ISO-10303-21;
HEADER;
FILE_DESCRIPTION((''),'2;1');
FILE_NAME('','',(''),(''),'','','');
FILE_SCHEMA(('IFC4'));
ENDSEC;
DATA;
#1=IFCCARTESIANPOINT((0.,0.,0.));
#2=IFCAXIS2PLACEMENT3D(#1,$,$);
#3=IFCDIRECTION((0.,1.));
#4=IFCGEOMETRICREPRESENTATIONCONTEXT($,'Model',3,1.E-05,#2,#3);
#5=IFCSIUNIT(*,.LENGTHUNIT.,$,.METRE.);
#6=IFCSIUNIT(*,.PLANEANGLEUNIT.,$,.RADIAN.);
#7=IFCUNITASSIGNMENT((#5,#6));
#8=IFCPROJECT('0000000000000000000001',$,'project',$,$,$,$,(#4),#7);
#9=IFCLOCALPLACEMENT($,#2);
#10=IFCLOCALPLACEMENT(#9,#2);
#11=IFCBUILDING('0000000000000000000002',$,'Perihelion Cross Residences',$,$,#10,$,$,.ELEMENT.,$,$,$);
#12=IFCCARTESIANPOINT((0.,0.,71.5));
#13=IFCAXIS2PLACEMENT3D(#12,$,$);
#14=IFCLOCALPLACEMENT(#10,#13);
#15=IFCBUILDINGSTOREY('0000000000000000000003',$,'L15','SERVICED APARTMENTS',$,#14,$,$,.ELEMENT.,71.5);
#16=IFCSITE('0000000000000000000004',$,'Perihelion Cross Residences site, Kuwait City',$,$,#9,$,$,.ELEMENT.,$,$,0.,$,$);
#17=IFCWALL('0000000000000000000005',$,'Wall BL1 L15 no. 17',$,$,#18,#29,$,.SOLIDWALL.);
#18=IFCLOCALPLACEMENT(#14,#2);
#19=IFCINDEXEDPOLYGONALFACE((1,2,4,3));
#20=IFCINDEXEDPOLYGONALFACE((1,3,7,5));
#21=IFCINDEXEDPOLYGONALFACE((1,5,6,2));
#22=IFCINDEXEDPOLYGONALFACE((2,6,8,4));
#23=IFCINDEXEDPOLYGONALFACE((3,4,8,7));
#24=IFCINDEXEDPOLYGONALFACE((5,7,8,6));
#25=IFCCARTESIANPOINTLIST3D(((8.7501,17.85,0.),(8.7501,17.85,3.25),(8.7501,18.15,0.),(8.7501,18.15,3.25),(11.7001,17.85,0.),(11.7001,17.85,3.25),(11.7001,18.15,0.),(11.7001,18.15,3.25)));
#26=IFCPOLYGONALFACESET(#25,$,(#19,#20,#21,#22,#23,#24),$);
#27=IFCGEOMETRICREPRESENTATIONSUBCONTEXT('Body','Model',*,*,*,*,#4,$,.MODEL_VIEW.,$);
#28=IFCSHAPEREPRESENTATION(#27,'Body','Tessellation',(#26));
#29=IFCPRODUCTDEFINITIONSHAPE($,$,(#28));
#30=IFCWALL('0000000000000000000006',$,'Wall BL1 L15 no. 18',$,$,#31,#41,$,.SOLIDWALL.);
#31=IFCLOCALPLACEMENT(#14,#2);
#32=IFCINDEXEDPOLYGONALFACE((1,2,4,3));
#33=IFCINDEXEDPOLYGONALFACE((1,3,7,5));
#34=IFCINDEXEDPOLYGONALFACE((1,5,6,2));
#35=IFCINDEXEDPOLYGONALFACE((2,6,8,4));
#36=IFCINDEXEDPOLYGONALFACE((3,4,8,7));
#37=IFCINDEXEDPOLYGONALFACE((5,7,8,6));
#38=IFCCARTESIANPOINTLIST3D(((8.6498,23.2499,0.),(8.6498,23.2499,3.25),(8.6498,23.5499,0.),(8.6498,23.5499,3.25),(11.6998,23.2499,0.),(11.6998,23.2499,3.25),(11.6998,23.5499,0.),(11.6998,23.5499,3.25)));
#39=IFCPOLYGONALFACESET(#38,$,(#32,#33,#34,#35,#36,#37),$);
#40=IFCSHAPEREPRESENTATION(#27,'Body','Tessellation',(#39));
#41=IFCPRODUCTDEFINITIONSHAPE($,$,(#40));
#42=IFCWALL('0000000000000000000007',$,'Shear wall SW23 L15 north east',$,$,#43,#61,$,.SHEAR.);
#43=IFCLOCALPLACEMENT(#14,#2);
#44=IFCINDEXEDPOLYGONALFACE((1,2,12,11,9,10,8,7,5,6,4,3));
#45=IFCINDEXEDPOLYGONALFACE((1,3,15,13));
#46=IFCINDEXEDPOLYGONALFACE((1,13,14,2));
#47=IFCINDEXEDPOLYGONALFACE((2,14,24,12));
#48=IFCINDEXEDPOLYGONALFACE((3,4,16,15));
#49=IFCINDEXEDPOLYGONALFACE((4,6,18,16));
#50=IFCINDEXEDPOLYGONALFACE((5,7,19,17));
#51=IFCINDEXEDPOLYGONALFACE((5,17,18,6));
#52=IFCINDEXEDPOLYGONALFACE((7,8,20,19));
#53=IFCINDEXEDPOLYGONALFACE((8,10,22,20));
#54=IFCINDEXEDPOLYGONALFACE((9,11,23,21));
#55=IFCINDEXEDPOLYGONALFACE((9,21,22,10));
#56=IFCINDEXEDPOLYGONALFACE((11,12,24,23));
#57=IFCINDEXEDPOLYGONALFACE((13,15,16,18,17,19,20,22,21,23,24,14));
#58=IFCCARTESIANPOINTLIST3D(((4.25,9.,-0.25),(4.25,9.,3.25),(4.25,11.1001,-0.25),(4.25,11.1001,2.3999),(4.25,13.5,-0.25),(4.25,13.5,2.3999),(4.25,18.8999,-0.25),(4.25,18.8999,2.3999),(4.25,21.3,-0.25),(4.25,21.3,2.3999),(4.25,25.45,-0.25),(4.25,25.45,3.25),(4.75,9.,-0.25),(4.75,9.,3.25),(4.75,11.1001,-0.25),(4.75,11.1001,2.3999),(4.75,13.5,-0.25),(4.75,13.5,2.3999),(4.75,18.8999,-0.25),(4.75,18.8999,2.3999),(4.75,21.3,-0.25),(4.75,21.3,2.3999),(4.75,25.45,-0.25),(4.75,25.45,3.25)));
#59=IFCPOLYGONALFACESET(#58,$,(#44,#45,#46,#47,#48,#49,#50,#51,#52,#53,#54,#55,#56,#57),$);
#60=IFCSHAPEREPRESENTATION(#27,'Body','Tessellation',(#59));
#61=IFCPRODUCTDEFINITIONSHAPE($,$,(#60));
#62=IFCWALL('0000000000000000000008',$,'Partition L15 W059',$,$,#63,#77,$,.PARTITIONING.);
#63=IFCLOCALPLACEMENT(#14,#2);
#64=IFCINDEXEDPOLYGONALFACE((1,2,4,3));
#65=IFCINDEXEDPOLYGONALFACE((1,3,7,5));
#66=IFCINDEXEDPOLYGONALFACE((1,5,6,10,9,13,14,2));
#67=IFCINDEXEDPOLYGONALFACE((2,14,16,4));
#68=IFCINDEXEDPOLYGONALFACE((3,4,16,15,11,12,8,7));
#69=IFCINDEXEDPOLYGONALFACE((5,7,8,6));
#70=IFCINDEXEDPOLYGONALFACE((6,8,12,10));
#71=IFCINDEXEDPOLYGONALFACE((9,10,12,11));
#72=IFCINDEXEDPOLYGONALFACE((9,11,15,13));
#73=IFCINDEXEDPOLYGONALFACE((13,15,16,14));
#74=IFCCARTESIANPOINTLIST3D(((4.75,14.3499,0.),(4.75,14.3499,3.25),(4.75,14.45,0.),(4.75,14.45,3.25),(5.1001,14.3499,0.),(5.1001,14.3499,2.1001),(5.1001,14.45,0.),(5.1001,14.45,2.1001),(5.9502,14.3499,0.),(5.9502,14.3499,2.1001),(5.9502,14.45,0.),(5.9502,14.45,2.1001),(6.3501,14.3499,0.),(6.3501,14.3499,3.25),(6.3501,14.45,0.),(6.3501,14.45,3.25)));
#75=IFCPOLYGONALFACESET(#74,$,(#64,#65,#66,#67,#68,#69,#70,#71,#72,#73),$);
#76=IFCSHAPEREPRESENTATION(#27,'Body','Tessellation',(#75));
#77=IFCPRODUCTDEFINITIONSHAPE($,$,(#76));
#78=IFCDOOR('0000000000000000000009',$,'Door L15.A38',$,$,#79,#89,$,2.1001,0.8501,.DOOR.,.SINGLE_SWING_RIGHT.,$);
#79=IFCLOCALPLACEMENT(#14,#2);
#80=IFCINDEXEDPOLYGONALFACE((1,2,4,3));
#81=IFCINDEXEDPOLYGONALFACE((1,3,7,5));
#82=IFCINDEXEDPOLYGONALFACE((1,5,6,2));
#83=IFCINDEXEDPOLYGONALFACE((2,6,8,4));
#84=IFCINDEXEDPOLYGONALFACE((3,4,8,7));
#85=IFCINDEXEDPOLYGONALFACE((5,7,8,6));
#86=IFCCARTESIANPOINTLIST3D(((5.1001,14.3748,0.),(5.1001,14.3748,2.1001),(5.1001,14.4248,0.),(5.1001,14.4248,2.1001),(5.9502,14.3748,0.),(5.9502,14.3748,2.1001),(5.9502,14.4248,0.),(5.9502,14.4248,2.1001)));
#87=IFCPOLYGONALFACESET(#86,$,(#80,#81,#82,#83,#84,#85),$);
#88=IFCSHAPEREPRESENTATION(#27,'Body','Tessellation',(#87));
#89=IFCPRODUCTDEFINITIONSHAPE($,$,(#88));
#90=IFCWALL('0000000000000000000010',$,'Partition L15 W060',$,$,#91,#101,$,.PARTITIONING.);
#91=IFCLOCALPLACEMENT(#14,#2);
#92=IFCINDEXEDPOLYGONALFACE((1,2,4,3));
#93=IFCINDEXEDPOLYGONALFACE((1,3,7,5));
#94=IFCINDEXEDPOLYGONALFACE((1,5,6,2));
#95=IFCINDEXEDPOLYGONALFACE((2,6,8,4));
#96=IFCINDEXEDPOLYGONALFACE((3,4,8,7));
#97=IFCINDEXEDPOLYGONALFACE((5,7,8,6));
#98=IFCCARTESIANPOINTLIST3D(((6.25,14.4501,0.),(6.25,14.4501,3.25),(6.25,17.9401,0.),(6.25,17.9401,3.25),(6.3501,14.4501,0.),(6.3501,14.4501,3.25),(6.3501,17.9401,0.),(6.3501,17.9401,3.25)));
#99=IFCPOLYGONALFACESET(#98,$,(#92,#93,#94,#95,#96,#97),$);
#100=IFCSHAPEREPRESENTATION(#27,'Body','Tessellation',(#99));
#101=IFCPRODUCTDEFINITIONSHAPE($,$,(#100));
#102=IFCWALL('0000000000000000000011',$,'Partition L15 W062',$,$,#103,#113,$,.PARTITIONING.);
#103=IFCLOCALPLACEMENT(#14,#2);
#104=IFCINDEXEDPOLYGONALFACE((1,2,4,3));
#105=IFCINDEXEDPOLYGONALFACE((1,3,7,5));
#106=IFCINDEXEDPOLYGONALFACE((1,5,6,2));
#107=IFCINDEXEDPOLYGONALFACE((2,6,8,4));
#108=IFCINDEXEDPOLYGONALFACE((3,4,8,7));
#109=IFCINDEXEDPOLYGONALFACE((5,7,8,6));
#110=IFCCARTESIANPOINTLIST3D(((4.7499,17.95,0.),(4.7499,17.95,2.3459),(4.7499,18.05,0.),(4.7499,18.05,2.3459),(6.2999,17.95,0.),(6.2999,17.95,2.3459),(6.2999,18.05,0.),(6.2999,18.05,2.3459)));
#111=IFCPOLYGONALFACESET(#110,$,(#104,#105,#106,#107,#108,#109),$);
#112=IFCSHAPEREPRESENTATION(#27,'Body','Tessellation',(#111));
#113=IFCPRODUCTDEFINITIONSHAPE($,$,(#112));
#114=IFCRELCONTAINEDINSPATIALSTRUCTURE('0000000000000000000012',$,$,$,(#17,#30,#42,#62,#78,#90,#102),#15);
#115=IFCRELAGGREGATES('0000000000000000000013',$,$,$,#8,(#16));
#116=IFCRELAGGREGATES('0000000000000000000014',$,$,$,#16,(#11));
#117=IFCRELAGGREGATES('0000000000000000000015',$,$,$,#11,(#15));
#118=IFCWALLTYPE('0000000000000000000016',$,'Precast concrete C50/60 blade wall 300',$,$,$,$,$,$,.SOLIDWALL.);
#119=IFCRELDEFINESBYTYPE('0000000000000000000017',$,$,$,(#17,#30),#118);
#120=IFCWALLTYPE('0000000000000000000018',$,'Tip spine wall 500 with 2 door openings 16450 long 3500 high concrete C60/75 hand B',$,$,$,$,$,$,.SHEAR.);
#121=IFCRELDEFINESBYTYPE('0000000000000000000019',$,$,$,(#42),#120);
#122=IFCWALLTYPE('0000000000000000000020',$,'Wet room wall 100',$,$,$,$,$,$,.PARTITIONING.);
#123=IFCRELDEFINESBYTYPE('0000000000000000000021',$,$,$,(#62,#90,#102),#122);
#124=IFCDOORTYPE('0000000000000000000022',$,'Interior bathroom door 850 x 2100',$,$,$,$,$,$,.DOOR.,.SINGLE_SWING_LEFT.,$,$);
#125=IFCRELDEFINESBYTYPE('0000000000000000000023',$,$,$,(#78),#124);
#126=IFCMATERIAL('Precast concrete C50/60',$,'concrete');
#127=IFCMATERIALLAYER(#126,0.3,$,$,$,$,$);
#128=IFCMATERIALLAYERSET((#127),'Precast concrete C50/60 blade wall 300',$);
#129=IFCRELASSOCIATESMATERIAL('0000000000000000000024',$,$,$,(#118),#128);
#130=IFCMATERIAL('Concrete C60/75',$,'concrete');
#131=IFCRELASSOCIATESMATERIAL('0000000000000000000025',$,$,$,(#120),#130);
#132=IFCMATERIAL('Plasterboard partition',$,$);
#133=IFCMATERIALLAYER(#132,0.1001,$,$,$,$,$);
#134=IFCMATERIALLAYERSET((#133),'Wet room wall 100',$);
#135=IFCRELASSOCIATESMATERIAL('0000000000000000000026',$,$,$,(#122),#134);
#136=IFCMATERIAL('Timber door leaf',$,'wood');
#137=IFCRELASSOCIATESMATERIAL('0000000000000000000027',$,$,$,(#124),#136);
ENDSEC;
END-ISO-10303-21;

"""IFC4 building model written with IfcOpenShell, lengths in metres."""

from ifc_helpers import new_model, si_unit, direction, frame, frame_2d, origin, place, context, subcontext, project, spatial, polyline, rectangle, outline, extrude, material, layer, layer_set, material_profile, profile_set, type_object, element, fill, save


model = new_model("IFC4")

# Units and contexts
model_context = context("Model", 3, precision=1e-05, world=origin(), true_north=direction((0.0, 1.0)))
body_context = subcontext(model_context, "Body", "Model", "MODEL_VIEW")
ifc_project = project(units=[si_unit("LENGTHUNIT", "METRE"), si_unit("PLANEANGLEUNIT", "RADIAN")], contexts=[model_context])

# Site, building, storey
site_placement = place(None, origin())
site = spatial("IfcSite", under=ifc_project, at=site_placement, Name="Perihelion Cross Residences site, Kuwait City", CompositionType="ELEMENT", RefElevation=0.0)
building_placement = place(site_placement, origin())
building = spatial("IfcBuilding", under=site, at=building_placement, Name="Perihelion Cross Residences", CompositionType="ELEMENT")
storey_placement = place(building_placement, frame((0.0, 0.0, 71.5)))
storey = spatial("IfcBuildingStorey", under=building, at=storey_placement, Name="L15", Description="SERVICED APARTMENTS", CompositionType="ELEMENT", Elevation=71.5)

# Walls
ifc_material_1 = material(Name="Precast concrete C50/60", Category="concrete")
ifc_layer_1 = layer(ifc_material_1, 0.3)
ifc_layer_set_1 = layer_set([ifc_layer_1], Name="Precast concrete C50/60 blade wall 300")
wall_type_1 = type_object("IfcWallType", Name="Precast concrete C50/60 blade wall 300", PredefinedType="SOLIDWALL", material=ifc_layer_set_1)
wall_1_placement = place(storey_placement, frame((8.75, 18.0, 0.0), z_axis=(0.0, 0.0, 1.0), x_axis=(1.0, 0.0, 0.0)))
element("IfcWall", 1, at=wall_1_placement, inside=storey, type_object=wall_type_1, Name="Wall BL1 L15 no. 17", PredefinedType="SOLIDWALL", context=body_context, shape_type="SweptSolid", body=[
    extrude(rectangle(XDim=2.95, YDim=0.3, at=frame_2d((1.4751, 0.0))), origin(), (0.0, 0.0, 1.0), 3.25),
])
wall_2_placement = place(storey_placement, frame((8.6499, 23.3999, 0.0), z_axis=(0.0, 0.0, 1.0), x_axis=(1.0, 0.0, 0.0)))
element("IfcWall", 2, at=wall_2_placement, inside=storey, type_object=wall_type_1, Name="Wall BL1 L15 no. 18", PredefinedType="SOLIDWALL", context=body_context, shape_type="SweptSolid", body=[
    extrude(rectangle(XDim=3.05, YDim=0.3, at=frame_2d((1.5249, 0.0))), origin(), (0.0, 0.0, 1.0), 3.25),
])
ifc_material_2 = material(Name="Concrete C60/75", Category="concrete")
ifc_material_profile_1 = material_profile(ifc_material_2, outline(polyline([(0.0, 0.0), (2.1001, 0.0), (2.1001, 2.6499), (4.5, 2.6499), (4.5, 0.0), (9.8999, 0.0), (9.8999, 2.6499), (12.3, 2.6499), (12.3, 0.0), (16.45, 0.0), (16.45, 3.5), (0.0, 3.5), (0.0, 0.0)])), Name="Tip spine wall")
ifc_profile_set_1 = profile_set([ifc_material_profile_1], Name="Concrete C60/75")
wall_type_2 = type_object("IfcWallType", Name="Tip spine wall 500 with 2 door openings 16450 long 3500 high concrete C60/75 hand B", PredefinedType="SHEAR", material=ifc_profile_set_1)
wall_3_placement = place(storey_placement, frame((4.25, 9.0, -0.25), z_axis=(1.0, 0.0, 0.0), x_axis=(0.0, 1.0, 0.0)))
element("IfcWall", 3, at=wall_3_placement, inside=storey, type_object=wall_type_2, Name="Shear wall SW23 L15 north east", PredefinedType="SHEAR", context=body_context, shape_type="SweptSolid", body=[
    extrude(outline(polyline([(0.0, 0.0), (2.1001, 0.0), (2.1001, 2.6499), (4.5, 2.6499), (4.5, 0.0), (9.8999, 0.0), (9.8999, 2.6499), (12.3, 2.6499), (12.3, 0.0), (16.45, 0.0), (16.45, 3.5), (0.0, 3.5), (0.0, 0.0)])), origin(), (0.0, 0.0, 1.0), 0.5),
])

# Wall, opening, door
ifc_material_3 = material(Name="Plasterboard partition")
ifc_layer_2 = layer(ifc_material_3, 0.1001)
ifc_layer_set_2 = layer_set([ifc_layer_2], Name="Wet room wall 100")
wall_type_3 = type_object("IfcWallType", Name="Wet room wall 100", PredefinedType="PARTITIONING", material=ifc_layer_set_2)
wall_4_placement = place(storey_placement, frame((4.75, 14.3999, 0.0), z_axis=(0.0, 0.0, 1.0), x_axis=(1.0, 0.0, 0.0)))
wall_4 = element("IfcWall", 4, at=wall_4_placement, inside=storey, type_object=wall_type_3, Name="Partition L15 W059", PredefinedType="PARTITIONING", context=body_context, shape_type="SweptSolid", body=[
    extrude(rectangle(XDim=1.6001, YDim=0.1001, at=frame_2d((0.8, 0.0))), origin(), (0.0, 0.0, 1.0), 3.25),
])
opening_1_placement = place(wall_4_placement, frame((0.3501, 0.0, 0.0)))
opening_1 = element("IfcOpeningElement", 5, at=opening_1_placement, cuts=wall_4, PredefinedType="OPENING", context=body_context, shape_type="SweptSolid", body=[
    extrude(rectangle(XDim=0.8501, YDim=2.1001, at=frame_2d((0.425, 1.05))), frame((0.0, 0.0601, 0.0), z_axis=(0.0, -1.0, 0.0), x_axis=(1.0, 0.0, 0.0)), (0.0, 0.0, 1.0), 0.1201),
])
ifc_material_4 = material(Name="Timber door leaf", Category="wood")
door_type_1 = type_object("IfcDoorType", Name="Interior bathroom door 850 x 2100", OperationType="SINGLE_SWING_LEFT", PredefinedType="DOOR", material=ifc_material_4)
door_1_placement = place(opening_1_placement, origin())
door_1 = element("IfcDoor", 6, at=door_1_placement, inside=storey, type_object=door_type_1, Name="Door L15.A38", OperationType="SINGLE_SWING_RIGHT", OverallHeight=2.1001, OverallWidth=0.8501, PredefinedType="DOOR", context=body_context, shape_type="SweptSolid", body=[
    extrude(rectangle(XDim=0.8501, YDim=2.1001, at=frame_2d((0.425, 1.05))), frame((0.0, 0.0249, 0.0), z_axis=(0.0, -1.0, 0.0), x_axis=(1.0, 0.0, 0.0)), (0.0, 0.0, 1.0), 0.05),
])
fill(opening_1, door_1)

# Walls
wall_5_placement = place(storey_placement, frame((6.3, 14.45, 0.0), z_axis=(0.0, 0.0, 1.0), x_axis=(0.0, 1.0, 0.0)))
element("IfcWall", 7, at=wall_5_placement, inside=storey, type_object=wall_type_3, Name="Partition L15 W060", PredefinedType="PARTITIONING", context=body_context, shape_type="SweptSolid", body=[
    extrude(rectangle(XDim=3.49, YDim=0.1001, at=frame_2d((1.7451, 0.0))), origin(), (0.0, 0.0, 1.0), 3.25),
])
wall_6_placement = place(storey_placement, frame((4.75, 18.0, 0.0), z_axis=(0.0, 0.0, 1.0), x_axis=(1.0, 0.0, 0.0)))
element("IfcWall", 8, at=wall_6_placement, inside=storey, type_object=wall_type_3, Name="Partition L15 W062", PredefinedType="PARTITIONING", context=body_context, shape_type="SweptSolid", body=[
    extrude(rectangle(XDim=1.55, YDim=0.1001, at=frame_2d((0.7749, 0.0))), origin(), (0.0, 0.0, 1.0), 2.3459),
])

save(model, "model.ifc")
